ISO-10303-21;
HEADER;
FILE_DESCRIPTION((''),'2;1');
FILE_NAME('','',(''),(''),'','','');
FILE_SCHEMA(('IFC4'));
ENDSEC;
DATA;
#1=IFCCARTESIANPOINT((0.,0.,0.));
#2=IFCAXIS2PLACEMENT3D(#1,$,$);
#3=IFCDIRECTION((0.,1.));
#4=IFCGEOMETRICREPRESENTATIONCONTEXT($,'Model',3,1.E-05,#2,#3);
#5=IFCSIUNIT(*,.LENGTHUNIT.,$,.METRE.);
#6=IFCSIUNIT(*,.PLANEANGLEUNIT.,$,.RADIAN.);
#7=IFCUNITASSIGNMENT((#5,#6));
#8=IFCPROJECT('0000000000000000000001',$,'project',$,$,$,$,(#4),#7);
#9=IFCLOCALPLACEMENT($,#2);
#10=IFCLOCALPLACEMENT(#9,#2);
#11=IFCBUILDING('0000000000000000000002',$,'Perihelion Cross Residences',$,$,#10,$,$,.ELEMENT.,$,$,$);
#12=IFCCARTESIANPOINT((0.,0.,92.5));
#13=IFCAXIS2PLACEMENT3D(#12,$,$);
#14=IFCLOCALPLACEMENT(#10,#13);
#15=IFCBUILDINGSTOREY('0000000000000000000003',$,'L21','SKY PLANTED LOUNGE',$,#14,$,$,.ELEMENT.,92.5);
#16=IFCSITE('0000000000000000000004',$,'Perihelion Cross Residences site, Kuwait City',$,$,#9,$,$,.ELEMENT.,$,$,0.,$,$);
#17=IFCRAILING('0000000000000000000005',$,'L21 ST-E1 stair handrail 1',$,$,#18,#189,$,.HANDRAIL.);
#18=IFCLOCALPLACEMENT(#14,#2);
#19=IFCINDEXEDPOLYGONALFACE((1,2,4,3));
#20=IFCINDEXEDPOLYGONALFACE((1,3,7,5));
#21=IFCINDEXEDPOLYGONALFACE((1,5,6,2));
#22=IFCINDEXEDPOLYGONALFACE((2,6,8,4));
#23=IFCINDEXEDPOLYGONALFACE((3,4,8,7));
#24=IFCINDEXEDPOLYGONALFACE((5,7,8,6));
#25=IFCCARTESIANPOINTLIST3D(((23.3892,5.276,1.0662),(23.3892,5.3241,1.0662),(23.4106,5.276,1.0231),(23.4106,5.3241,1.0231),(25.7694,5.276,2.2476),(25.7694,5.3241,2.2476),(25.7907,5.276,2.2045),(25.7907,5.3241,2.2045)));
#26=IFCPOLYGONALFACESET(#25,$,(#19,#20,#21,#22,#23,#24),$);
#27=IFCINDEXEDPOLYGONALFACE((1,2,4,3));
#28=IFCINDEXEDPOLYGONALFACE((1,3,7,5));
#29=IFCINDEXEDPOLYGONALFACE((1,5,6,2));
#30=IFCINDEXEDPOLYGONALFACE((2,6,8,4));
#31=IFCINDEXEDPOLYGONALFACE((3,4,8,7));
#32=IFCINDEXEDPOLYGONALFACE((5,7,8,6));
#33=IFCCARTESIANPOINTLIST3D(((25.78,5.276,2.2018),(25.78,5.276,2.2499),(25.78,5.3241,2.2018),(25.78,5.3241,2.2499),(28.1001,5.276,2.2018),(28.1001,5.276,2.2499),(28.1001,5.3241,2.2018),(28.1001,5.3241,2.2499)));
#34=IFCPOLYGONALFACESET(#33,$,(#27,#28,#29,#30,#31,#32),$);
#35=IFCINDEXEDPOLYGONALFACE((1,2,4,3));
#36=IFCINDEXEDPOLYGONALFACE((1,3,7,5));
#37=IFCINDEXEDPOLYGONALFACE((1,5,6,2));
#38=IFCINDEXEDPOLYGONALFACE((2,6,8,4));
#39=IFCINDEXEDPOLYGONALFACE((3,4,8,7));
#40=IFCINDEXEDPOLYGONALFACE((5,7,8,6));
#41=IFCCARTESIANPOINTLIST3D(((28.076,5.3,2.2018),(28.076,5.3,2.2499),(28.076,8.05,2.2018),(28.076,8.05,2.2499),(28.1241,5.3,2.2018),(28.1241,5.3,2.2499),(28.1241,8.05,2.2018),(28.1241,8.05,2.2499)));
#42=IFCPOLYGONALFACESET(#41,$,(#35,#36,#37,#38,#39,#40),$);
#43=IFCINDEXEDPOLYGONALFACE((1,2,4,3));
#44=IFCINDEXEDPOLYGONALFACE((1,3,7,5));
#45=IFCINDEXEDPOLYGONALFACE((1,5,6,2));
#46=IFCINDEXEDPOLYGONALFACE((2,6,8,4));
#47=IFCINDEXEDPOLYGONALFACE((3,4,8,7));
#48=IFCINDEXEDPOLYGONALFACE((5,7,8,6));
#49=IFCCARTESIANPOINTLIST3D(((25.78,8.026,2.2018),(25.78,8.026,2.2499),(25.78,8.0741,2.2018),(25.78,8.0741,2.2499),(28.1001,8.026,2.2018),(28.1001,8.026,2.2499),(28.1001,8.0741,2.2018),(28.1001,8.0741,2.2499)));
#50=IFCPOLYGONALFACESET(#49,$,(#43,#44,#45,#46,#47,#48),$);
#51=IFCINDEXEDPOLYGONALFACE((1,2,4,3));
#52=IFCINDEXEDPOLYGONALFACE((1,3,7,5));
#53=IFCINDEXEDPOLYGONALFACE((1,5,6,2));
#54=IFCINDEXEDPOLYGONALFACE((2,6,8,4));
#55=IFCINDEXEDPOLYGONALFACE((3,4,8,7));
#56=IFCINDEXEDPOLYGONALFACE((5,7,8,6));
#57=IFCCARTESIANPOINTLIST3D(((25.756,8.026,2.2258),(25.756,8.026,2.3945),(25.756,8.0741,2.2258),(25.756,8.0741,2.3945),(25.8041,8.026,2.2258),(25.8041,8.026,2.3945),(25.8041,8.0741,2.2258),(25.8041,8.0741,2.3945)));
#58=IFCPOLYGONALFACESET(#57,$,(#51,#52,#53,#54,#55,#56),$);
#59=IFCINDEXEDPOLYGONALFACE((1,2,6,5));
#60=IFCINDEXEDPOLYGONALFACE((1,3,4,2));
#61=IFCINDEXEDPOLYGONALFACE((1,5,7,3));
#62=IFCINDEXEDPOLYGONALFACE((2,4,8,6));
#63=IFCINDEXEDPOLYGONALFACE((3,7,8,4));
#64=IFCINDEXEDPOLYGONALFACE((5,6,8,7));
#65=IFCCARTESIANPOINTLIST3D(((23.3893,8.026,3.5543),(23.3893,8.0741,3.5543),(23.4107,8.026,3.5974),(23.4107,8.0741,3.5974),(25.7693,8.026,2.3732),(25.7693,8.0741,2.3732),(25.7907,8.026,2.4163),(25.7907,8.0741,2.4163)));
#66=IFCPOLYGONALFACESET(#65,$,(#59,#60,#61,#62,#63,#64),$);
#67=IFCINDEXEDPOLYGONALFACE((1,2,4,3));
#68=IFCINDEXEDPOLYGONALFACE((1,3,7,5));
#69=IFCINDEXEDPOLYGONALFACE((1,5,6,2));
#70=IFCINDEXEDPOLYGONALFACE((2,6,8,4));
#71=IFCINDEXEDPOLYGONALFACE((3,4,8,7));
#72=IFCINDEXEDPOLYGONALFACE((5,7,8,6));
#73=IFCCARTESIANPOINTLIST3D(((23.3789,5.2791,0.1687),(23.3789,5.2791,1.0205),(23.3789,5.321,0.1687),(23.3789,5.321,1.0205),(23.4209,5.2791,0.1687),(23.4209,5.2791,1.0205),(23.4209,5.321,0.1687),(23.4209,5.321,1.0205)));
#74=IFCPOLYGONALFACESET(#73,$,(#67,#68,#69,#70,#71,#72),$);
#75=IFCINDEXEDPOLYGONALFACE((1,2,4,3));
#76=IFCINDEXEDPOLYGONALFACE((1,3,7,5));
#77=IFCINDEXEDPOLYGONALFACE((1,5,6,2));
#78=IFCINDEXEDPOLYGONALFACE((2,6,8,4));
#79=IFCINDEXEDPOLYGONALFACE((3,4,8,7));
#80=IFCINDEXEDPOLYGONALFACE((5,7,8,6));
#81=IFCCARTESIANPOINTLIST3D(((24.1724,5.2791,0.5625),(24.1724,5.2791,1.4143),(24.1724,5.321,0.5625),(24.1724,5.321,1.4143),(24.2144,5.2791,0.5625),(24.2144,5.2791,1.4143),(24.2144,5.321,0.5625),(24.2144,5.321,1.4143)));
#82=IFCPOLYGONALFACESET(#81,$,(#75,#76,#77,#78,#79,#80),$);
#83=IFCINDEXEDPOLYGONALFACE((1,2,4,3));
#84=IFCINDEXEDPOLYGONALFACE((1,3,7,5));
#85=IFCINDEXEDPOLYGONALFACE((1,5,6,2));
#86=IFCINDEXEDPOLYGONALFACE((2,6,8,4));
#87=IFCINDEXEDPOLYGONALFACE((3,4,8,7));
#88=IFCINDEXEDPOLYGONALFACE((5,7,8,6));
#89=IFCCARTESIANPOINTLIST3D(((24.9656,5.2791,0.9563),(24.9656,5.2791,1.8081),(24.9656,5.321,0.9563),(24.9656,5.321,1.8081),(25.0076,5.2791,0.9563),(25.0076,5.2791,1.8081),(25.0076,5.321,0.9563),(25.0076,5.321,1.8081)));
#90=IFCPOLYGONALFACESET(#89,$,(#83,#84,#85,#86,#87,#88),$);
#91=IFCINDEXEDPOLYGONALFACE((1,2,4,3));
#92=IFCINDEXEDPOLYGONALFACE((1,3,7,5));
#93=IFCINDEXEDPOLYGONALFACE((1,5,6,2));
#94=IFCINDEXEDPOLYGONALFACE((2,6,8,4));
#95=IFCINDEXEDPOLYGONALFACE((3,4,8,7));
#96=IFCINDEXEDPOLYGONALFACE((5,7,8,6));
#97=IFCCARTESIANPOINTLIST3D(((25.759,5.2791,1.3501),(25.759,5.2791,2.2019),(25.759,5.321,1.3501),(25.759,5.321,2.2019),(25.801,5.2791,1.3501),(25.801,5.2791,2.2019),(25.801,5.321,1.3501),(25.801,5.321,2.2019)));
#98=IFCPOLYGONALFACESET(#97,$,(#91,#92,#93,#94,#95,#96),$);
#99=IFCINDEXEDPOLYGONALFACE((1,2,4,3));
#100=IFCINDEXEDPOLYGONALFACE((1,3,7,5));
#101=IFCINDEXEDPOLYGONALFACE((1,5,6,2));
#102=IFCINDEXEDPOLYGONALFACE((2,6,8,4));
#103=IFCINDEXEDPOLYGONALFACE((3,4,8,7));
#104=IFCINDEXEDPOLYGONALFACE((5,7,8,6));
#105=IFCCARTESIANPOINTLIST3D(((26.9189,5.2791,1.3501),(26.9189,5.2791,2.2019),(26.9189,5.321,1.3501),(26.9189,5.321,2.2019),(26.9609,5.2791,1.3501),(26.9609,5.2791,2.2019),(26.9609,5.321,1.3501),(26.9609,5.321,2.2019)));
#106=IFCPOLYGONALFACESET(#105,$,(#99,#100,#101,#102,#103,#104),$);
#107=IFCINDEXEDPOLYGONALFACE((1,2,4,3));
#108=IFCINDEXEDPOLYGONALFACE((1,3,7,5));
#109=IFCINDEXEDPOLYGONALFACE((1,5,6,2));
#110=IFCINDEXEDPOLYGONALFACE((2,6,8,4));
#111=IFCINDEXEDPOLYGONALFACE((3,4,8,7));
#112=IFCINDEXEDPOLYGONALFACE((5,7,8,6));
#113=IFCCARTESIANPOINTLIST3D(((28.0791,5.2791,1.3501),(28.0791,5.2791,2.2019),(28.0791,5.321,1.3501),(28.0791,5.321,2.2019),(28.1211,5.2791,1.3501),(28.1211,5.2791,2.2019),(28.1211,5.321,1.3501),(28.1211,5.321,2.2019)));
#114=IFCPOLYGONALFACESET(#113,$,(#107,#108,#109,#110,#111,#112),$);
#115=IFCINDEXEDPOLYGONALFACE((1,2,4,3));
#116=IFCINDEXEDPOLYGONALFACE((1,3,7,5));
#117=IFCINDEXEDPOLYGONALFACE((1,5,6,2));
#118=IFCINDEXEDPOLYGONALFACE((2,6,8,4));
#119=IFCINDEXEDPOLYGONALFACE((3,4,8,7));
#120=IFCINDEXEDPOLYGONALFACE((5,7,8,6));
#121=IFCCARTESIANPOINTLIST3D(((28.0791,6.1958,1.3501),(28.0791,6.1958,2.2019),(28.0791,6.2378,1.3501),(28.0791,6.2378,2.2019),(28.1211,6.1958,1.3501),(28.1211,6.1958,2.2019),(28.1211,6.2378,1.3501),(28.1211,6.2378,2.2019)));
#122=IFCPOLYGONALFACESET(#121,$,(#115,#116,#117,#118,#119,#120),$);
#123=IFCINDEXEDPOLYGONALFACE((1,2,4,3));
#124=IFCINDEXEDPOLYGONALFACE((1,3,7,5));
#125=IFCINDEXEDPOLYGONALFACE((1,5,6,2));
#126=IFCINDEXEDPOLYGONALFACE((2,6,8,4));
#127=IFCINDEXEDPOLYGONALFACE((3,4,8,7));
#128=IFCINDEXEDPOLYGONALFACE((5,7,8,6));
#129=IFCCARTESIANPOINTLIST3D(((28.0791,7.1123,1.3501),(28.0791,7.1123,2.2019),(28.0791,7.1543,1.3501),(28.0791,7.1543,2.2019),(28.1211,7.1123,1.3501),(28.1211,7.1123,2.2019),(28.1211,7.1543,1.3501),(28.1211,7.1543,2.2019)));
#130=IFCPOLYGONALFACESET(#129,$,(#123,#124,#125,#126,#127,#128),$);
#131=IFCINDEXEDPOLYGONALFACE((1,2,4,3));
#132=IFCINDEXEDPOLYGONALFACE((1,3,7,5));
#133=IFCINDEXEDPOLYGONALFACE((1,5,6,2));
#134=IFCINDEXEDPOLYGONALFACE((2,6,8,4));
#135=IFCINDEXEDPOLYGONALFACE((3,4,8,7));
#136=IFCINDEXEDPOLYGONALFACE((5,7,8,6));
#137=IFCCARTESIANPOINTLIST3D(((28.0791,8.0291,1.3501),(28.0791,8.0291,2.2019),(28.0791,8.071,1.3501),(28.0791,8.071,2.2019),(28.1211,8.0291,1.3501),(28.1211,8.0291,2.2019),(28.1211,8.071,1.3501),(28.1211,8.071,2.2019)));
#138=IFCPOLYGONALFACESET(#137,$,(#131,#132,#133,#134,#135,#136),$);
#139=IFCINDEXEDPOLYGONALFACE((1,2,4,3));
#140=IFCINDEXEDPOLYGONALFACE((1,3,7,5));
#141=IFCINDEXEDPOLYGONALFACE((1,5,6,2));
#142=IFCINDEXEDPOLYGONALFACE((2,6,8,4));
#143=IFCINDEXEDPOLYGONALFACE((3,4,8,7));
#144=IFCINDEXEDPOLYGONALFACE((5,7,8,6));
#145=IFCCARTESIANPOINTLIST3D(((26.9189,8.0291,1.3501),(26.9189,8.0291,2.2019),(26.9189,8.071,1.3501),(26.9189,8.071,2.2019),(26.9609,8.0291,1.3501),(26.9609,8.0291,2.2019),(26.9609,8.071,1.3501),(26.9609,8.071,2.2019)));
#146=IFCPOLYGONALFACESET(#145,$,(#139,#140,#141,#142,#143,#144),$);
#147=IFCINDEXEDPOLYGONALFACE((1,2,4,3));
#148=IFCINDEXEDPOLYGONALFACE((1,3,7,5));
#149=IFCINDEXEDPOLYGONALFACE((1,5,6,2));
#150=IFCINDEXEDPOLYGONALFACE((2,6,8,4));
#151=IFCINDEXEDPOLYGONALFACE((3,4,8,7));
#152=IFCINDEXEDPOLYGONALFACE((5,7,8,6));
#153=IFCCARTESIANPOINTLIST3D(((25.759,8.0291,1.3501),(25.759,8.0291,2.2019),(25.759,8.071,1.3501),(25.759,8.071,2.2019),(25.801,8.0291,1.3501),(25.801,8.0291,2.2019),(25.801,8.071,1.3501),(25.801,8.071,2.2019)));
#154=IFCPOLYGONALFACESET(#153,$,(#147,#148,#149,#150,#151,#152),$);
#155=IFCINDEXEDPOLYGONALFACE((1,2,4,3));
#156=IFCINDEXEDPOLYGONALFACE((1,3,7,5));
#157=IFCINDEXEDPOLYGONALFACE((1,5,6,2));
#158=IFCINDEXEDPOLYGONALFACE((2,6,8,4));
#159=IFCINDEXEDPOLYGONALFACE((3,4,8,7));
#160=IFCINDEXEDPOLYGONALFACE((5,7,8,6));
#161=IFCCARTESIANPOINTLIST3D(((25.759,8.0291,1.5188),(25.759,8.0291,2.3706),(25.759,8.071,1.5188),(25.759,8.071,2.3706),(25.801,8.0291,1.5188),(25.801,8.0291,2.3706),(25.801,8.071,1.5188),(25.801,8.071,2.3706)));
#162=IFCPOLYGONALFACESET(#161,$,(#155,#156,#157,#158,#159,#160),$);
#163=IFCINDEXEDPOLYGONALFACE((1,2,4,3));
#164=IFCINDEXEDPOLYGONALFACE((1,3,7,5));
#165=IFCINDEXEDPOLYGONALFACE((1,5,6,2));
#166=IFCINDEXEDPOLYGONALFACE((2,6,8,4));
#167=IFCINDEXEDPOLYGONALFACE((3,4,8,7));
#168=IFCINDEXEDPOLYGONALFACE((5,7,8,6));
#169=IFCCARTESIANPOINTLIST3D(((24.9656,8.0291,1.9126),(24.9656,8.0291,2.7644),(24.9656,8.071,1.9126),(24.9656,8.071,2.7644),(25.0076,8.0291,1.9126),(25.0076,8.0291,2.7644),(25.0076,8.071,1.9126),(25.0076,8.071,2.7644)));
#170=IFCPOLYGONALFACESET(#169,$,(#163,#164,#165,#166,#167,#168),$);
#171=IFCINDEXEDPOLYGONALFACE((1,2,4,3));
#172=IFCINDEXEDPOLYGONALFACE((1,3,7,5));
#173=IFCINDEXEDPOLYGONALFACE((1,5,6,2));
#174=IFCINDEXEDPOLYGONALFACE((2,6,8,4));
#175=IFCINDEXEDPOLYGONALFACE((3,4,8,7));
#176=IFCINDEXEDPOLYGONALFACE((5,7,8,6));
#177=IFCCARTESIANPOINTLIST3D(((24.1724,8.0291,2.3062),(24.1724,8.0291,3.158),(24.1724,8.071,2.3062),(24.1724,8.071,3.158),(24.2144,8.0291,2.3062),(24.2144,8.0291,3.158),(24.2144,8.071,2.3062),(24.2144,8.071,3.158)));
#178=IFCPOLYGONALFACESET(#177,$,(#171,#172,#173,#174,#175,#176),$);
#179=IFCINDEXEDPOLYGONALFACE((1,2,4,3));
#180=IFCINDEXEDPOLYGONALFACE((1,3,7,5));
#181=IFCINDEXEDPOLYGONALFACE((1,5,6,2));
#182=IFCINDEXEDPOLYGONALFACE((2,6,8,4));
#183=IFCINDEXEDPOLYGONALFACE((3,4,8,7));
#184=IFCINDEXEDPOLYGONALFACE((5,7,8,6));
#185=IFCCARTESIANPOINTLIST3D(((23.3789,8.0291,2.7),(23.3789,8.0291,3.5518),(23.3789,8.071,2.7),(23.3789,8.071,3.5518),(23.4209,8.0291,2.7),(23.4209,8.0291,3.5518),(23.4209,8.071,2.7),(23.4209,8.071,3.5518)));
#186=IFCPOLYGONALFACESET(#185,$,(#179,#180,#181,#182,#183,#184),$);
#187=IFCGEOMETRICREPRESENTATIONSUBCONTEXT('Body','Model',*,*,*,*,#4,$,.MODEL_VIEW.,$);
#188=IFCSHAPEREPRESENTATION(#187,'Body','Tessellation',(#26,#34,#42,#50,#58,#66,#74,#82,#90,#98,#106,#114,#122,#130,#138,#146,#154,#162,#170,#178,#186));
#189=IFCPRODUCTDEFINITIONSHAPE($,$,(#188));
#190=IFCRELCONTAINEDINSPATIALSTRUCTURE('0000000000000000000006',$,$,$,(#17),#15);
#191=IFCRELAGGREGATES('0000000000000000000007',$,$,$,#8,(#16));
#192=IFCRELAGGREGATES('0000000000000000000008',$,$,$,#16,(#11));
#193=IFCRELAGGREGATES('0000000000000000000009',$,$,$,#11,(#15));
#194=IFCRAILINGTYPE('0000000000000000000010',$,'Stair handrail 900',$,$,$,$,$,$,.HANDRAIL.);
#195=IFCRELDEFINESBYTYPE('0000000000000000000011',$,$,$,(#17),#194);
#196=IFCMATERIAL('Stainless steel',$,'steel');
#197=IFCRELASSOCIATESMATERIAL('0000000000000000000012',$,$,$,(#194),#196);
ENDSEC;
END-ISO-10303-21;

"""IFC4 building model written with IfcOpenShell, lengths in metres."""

from ifc_helpers import new_model, si_unit, direction, frame, origin, origin_2d, place, context, subcontext, project, spatial, rectangle, extrude, material, type_object, element, save


model = new_model("IFC4")

# Units and contexts
model_context = context("Model", 3, precision=1e-05, world=origin(), true_north=direction((0.0, 1.0)))
body_context = subcontext(model_context, "Body", "Model", "MODEL_VIEW")
ifc_project = project(units=[si_unit("LENGTHUNIT", "METRE"), si_unit("PLANEANGLEUNIT", "RADIAN")], contexts=[model_context])

# Site, building, storey
site_placement = place(None, origin())
site = spatial("IfcSite", under=ifc_project, at=site_placement, Name="Perihelion Cross Residences site, Kuwait City", CompositionType="ELEMENT", RefElevation=0.0)
building_placement = place(site_placement, origin())
building = spatial("IfcBuilding", under=site, at=building_placement, Name="Perihelion Cross Residences", CompositionType="ELEMENT")
storey_placement = place(building_placement, frame((0.0, 0.0, 92.5)))
storey = spatial("IfcBuildingStorey", under=building, at=storey_placement, Name="L21", Description="SKY PLANTED LOUNGE", CompositionType="ELEMENT", Elevation=92.5)

# Railing
ifc_material_1 = material(Name="Stainless steel", Category="steel")
railing_type_1 = type_object("IfcRailingType", Name="Stair handrail 900", PredefinedType="HANDRAIL", material=ifc_material_1)
railing_1_placement = place(storey_placement, frame((23.3999, 5.3, 0.1687)))
element("IfcRailing", 1, at=railing_1_placement, inside=storey, type_object=railing_type_1, Name="L21 ST-E1 stair handrail 1", PredefinedType="HANDRAIL", context=body_context, shape_type="SweptSolid", body=[
    extrude(rectangle(XDim=0.0481, YDim=0.0481, at=origin_2d()), frame((0.0, 0.0, 0.876), z_axis=(0.895728, 0.0, 0.444602), x_axis=(0.0, 1.0, 0.0)), (0.0, 0.0, 1.0), 2.6572),
    extrude(rectangle(XDim=0.0481, YDim=0.0481, at=origin_2d()), frame((2.3801, 0.0, 2.0571), z_axis=(1.0, 0.0, 0.0), x_axis=(0.0, 1.0, 0.0)), (0.0, 0.0, 1.0), 2.3201),
    extrude(rectangle(XDim=0.0481, YDim=0.0481, at=origin_2d()), frame((4.7002, 0.0, 2.0571), z_axis=(0.0, 1.0, 0.0), x_axis=(-1.0, 0.0, 0.0)), (0.0, 0.0, 1.0), 2.75),
    extrude(rectangle(XDim=0.0481, YDim=0.0481, at=origin_2d()), frame((4.7002, 2.75, 2.0571), z_axis=(-1.0, 0.0, 0.0), x_axis=(0.0, -1.0, 0.0)), (0.0, 0.0, 1.0), 2.3201),
    extrude(rectangle(XDim=0.0481, YDim=0.0481, at=origin_2d()), frame((2.3801, 2.75, 2.0571), z_axis=(0.0, 0.0, 1.0), x_axis=(1.0, 0.0, 0.0)), (0.0, 0.0, 1.0), 0.1687),
    extrude(rectangle(XDim=0.0481, YDim=0.0481, at=origin_2d()), frame((2.3801, 2.75, 2.2261), z_axis=(-0.895765, 0.0, 0.444529), x_axis=(0.0, -1.0, 0.0)), (0.0, 0.0, 1.0), 2.657),
    extrude(rectangle(XDim=0.042, YDim=0.042, at=origin_2d()), origin(), (0.0, 0.0, 1.0), 0.8518),
    extrude(rectangle(XDim=0.042, YDim=0.042, at=origin_2d()), frame((0.7935, 0.0, 0.3938)), (0.0, 0.0, 1.0), 0.8518),
    extrude(rectangle(XDim=0.042, YDim=0.042, at=origin_2d()), frame((1.5867, 0.0, 0.7876)), (0.0, 0.0, 1.0), 0.8518),
    extrude(rectangle(XDim=0.042, YDim=0.042, at=origin_2d()), frame((2.3801, 0.0, 1.1814)), (0.0, 0.0, 1.0), 0.8518),
    extrude(rectangle(XDim=0.042, YDim=0.042, at=origin_2d()), frame((3.54, 0.0, 1.1814)), (0.0, 0.0, 1.0), 0.8518),
    extrude(rectangle(XDim=0.042, YDim=0.042, at=origin_2d()), frame((4.7002, 0.0, 1.1814)), (0.0, 0.0, 1.0), 0.8518),
    extrude(rectangle(XDim=0.042, YDim=0.042, at=origin_2d()), frame((4.7002, 0.9167, 1.1814)), (0.0, 0.0, 1.0), 0.8518),
    extrude(rectangle(XDim=0.042, YDim=0.042, at=origin_2d()), frame((4.7002, 1.8333, 1.1814)), (0.0, 0.0, 1.0), 0.8518),
    extrude(rectangle(XDim=0.042, YDim=0.042, at=origin_2d()), frame((4.7002, 2.75, 1.1814)), (0.0, 0.0, 1.0), 0.8518),
    extrude(rectangle(XDim=0.042, YDim=0.042, at=origin_2d()), frame((3.54, 2.75, 1.1814)), (0.0, 0.0, 1.0), 0.8518),
    extrude(rectangle(XDim=0.042, YDim=0.042, at=origin_2d()), frame((2.3801, 2.75, 1.1814)), (0.0, 0.0, 1.0), 0.8518),
    extrude(rectangle(XDim=0.042, YDim=0.042, at=origin_2d()), frame((2.3801, 2.75, 1.3501)), (0.0, 0.0, 1.0), 0.8518),
    extrude(rectangle(XDim=0.042, YDim=0.042, at=origin_2d()), frame((1.5867, 2.75, 1.7439)), (0.0, 0.0, 1.0), 0.8518),
    extrude(rectangle(XDim=0.042, YDim=0.042, at=origin_2d()), frame((0.7935, 2.75, 2.1375)), (0.0, 0.0, 1.0), 0.8518),
    extrude(rectangle(XDim=0.042, YDim=0.042, at=origin_2d()), frame((0.0, 2.75, 2.5312)), (0.0, 0.0, 1.0), 0.8518),
])

save(model, "model.ifc")
